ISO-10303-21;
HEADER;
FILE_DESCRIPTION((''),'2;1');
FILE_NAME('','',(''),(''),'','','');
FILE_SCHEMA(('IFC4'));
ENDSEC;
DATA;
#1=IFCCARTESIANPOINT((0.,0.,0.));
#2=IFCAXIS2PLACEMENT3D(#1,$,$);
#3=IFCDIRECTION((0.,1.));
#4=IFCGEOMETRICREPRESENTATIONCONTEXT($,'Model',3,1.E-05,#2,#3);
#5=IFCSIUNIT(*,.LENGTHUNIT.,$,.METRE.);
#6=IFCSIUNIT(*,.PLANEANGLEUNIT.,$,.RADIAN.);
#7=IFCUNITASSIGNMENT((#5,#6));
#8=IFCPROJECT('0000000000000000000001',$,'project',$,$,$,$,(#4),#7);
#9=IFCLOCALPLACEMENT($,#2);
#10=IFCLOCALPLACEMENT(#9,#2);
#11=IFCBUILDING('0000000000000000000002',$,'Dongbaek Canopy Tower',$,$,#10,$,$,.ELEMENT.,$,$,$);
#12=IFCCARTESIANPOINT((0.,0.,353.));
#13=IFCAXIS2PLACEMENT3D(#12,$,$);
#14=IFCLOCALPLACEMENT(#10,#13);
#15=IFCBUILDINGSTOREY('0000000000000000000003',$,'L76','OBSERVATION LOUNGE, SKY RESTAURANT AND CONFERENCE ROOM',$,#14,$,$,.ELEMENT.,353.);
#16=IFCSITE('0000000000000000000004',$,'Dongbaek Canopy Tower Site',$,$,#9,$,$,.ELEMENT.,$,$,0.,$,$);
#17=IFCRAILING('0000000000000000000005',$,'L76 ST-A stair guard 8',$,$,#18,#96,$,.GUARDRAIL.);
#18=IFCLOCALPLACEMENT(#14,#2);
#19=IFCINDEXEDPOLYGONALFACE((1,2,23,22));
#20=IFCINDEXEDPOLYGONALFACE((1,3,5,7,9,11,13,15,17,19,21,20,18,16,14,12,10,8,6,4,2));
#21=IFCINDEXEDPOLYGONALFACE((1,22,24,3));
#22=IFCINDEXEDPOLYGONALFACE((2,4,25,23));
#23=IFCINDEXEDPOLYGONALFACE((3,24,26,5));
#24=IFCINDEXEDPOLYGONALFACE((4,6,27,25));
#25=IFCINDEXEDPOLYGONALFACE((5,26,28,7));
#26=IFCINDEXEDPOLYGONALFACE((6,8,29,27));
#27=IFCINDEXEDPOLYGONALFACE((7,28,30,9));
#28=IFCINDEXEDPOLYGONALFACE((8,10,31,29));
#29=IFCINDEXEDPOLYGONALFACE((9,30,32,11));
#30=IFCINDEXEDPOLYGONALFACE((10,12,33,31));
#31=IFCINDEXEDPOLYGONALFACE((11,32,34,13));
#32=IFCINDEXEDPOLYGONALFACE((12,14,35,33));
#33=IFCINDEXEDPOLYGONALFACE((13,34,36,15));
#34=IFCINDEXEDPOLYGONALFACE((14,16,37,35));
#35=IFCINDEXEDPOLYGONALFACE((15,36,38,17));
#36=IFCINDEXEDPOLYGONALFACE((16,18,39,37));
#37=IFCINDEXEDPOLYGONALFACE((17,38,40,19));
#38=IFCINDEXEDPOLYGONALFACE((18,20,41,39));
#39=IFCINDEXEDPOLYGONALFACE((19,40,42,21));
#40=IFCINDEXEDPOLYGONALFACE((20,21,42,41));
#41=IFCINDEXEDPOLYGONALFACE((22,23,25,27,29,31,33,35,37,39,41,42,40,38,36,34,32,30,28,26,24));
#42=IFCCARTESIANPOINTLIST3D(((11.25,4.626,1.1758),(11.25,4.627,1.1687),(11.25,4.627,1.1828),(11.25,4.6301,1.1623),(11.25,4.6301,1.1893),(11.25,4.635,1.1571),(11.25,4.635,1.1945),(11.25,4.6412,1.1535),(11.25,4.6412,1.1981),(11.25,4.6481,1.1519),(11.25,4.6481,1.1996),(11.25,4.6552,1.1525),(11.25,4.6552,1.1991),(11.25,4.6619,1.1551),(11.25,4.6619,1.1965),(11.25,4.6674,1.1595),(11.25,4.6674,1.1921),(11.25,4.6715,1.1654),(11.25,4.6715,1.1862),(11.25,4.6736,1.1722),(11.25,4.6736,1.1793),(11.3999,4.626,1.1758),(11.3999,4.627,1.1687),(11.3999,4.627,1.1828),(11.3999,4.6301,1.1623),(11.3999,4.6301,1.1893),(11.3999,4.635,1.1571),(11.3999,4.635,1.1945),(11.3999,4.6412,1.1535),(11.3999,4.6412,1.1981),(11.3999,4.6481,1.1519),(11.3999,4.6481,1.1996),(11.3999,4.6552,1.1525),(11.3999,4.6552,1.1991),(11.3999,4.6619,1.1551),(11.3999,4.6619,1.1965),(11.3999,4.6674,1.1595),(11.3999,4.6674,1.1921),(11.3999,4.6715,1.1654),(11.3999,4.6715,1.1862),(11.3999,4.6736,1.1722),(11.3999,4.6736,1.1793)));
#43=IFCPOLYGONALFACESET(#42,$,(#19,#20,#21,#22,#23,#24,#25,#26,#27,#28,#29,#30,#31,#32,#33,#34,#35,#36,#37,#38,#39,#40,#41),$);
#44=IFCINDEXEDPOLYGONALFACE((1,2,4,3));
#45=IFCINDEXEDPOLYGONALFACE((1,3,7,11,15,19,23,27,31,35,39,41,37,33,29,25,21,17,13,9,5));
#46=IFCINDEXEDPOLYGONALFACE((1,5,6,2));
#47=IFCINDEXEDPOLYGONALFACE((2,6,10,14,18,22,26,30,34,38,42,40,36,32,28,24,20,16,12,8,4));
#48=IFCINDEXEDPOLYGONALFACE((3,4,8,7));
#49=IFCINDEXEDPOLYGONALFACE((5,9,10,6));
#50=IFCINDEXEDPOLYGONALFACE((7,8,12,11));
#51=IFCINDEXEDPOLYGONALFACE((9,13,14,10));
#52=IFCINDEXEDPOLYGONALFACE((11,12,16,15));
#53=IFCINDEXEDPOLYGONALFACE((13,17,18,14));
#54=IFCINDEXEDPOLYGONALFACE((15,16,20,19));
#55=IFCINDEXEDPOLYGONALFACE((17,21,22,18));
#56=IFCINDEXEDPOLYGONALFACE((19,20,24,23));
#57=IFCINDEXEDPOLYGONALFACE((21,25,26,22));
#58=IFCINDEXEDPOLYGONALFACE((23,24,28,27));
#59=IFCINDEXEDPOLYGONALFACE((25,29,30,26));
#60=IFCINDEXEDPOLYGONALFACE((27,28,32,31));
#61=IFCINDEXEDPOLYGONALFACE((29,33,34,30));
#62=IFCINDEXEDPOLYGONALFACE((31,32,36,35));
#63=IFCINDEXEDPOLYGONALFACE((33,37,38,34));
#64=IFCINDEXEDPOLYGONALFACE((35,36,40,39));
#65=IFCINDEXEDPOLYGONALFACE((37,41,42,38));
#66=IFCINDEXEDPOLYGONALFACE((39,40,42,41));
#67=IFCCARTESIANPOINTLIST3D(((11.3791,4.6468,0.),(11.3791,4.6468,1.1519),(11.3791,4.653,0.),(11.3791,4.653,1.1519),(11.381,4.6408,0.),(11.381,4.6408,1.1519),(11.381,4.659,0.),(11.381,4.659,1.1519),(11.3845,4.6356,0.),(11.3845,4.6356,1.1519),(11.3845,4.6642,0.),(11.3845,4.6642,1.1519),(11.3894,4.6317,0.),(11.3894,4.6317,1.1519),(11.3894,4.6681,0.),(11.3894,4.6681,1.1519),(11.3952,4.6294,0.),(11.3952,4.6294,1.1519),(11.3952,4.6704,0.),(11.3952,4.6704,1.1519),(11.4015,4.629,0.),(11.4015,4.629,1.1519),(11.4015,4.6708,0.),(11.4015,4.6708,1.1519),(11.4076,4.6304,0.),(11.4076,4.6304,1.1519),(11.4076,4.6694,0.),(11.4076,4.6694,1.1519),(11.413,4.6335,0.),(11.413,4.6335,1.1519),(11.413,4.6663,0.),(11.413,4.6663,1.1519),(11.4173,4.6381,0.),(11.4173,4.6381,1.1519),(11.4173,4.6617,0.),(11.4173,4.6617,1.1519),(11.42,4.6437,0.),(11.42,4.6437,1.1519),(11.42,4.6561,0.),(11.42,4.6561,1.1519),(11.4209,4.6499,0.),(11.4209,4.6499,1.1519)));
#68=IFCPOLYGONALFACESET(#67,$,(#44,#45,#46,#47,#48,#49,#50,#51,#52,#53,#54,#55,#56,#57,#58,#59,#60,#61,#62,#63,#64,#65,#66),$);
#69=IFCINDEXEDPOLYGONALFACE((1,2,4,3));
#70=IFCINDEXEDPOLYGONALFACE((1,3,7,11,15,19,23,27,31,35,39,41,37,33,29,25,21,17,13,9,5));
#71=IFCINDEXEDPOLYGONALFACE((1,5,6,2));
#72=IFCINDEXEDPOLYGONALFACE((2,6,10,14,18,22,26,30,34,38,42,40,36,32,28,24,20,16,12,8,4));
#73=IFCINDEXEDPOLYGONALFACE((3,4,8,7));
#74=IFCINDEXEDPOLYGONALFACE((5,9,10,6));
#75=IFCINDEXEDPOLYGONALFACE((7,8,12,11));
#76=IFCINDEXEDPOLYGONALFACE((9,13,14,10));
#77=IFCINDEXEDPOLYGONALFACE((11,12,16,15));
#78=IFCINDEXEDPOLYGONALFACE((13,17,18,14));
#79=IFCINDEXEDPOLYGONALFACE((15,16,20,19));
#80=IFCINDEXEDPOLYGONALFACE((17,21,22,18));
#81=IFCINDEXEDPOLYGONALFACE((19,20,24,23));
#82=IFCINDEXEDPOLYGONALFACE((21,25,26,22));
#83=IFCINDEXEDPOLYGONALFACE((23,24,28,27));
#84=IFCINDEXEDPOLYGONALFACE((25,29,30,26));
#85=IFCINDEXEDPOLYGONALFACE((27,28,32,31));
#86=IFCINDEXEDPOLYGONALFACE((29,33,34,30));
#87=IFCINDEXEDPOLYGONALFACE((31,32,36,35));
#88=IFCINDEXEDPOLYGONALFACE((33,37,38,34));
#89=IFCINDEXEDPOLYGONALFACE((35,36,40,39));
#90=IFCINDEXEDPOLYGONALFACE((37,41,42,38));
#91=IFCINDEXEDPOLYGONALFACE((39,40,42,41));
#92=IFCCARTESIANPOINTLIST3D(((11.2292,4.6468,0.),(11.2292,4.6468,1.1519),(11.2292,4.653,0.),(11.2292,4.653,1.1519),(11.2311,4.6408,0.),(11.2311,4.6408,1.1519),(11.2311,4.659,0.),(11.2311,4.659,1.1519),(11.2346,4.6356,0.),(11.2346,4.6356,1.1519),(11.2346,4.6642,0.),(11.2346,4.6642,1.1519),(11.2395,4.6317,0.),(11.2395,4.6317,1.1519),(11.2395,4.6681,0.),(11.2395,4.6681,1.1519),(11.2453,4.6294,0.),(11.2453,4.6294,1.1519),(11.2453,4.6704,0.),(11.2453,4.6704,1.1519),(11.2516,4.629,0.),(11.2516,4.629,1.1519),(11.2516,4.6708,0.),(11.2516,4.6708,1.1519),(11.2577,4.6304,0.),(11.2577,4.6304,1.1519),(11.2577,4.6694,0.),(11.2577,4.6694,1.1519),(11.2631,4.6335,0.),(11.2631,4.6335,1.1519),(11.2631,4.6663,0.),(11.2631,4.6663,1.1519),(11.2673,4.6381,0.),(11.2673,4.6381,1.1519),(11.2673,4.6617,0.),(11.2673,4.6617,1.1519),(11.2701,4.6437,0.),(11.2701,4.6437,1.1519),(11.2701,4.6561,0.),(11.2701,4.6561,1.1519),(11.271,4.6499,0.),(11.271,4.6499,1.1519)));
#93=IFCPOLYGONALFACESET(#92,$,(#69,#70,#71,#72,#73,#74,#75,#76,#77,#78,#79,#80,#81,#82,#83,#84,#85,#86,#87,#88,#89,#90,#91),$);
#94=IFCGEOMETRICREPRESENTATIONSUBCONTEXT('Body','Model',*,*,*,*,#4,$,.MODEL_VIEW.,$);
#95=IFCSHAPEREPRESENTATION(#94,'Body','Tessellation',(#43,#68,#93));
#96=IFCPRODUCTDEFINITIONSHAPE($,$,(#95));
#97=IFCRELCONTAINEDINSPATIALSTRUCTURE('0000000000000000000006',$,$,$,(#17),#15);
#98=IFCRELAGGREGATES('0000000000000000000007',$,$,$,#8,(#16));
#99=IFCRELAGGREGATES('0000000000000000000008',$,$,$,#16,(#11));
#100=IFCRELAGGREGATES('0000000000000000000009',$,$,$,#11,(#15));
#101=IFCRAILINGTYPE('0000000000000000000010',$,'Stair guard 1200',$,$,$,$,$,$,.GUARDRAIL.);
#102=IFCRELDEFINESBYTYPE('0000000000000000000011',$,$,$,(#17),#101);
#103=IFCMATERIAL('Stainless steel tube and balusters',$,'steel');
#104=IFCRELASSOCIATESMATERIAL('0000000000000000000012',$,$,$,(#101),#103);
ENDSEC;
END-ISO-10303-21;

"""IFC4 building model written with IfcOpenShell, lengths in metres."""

from ifc_helpers import new_model, si_unit, direction, frame, origin, origin_2d, place, context, subcontext, project, spatial, circle, extrude, material, type_object, element, save


model = new_model("IFC4")

# Units and contexts
model_context = context("Model", 3, precision=1e-05, world=origin(), true_north=direction((0.0, 1.0)))
body_context = subcontext(model_context, "Body", "Model", "MODEL_VIEW")
ifc_project = project(units=[si_unit("LENGTHUNIT", "METRE"), si_unit("PLANEANGLEUNIT", "RADIAN")], contexts=[model_context])

# Site, building, storey
site_placement = place(None, origin())
site = spatial("IfcSite", under=ifc_project, at=site_placement, Name="Dongbaek Canopy Tower Site", CompositionType="ELEMENT", RefElevation=0.0)
building_placement = place(site_placement, origin())
building = spatial("IfcBuilding", under=site, at=building_placement, Name="Dongbaek Canopy Tower", CompositionType="ELEMENT")
storey_placement = place(building_placement, frame((0.0, 0.0, 353.0)))
storey = spatial("IfcBuildingStorey", under=building, at=storey_placement, Name="L76", Description="OBSERVATION LOUNGE, SKY RESTAURANT AND CONFERENCE ROOM", CompositionType="ELEMENT", Elevation=353.0)

# Railing
ifc_material_1 = material(Name="Stainless steel tube and balusters", Category="steel")
railing_type_1 = type_object("IfcRailingType", Name="Stair guard 1200", PredefinedType="GUARDRAIL", material=ifc_material_1)
railing_1_placement = place(storey_placement, frame((11.3999, 4.6499, 0.0)))
element("IfcRailing", 1, at=railing_1_placement, inside=storey, type_object=railing_type_1, Name="L76 ST-A stair guard 8", PredefinedType="GUARDRAIL", context=body_context, shape_type="SweptSolid", body=[
    extrude(circle(Radius=0.0239, at=origin_2d()), frame((0.0, 0.0, 1.1758), z_axis=(-1.0, 0.0, 0.0), x_axis=(0.0, -1.0, 0.0)), (0.0, 0.0, 1.0), 0.1499),
    extrude(circle(Radius=0.021, at=origin_2d()), origin(), (0.0, 0.0, 1.0), 1.1519),
    extrude(circle(Radius=0.021, at=origin_2d()), frame((-0.1499, 0.0, 0.0)), (0.0, 0.0, 1.0), 1.1519),
])

save(model, "model.ifc")
